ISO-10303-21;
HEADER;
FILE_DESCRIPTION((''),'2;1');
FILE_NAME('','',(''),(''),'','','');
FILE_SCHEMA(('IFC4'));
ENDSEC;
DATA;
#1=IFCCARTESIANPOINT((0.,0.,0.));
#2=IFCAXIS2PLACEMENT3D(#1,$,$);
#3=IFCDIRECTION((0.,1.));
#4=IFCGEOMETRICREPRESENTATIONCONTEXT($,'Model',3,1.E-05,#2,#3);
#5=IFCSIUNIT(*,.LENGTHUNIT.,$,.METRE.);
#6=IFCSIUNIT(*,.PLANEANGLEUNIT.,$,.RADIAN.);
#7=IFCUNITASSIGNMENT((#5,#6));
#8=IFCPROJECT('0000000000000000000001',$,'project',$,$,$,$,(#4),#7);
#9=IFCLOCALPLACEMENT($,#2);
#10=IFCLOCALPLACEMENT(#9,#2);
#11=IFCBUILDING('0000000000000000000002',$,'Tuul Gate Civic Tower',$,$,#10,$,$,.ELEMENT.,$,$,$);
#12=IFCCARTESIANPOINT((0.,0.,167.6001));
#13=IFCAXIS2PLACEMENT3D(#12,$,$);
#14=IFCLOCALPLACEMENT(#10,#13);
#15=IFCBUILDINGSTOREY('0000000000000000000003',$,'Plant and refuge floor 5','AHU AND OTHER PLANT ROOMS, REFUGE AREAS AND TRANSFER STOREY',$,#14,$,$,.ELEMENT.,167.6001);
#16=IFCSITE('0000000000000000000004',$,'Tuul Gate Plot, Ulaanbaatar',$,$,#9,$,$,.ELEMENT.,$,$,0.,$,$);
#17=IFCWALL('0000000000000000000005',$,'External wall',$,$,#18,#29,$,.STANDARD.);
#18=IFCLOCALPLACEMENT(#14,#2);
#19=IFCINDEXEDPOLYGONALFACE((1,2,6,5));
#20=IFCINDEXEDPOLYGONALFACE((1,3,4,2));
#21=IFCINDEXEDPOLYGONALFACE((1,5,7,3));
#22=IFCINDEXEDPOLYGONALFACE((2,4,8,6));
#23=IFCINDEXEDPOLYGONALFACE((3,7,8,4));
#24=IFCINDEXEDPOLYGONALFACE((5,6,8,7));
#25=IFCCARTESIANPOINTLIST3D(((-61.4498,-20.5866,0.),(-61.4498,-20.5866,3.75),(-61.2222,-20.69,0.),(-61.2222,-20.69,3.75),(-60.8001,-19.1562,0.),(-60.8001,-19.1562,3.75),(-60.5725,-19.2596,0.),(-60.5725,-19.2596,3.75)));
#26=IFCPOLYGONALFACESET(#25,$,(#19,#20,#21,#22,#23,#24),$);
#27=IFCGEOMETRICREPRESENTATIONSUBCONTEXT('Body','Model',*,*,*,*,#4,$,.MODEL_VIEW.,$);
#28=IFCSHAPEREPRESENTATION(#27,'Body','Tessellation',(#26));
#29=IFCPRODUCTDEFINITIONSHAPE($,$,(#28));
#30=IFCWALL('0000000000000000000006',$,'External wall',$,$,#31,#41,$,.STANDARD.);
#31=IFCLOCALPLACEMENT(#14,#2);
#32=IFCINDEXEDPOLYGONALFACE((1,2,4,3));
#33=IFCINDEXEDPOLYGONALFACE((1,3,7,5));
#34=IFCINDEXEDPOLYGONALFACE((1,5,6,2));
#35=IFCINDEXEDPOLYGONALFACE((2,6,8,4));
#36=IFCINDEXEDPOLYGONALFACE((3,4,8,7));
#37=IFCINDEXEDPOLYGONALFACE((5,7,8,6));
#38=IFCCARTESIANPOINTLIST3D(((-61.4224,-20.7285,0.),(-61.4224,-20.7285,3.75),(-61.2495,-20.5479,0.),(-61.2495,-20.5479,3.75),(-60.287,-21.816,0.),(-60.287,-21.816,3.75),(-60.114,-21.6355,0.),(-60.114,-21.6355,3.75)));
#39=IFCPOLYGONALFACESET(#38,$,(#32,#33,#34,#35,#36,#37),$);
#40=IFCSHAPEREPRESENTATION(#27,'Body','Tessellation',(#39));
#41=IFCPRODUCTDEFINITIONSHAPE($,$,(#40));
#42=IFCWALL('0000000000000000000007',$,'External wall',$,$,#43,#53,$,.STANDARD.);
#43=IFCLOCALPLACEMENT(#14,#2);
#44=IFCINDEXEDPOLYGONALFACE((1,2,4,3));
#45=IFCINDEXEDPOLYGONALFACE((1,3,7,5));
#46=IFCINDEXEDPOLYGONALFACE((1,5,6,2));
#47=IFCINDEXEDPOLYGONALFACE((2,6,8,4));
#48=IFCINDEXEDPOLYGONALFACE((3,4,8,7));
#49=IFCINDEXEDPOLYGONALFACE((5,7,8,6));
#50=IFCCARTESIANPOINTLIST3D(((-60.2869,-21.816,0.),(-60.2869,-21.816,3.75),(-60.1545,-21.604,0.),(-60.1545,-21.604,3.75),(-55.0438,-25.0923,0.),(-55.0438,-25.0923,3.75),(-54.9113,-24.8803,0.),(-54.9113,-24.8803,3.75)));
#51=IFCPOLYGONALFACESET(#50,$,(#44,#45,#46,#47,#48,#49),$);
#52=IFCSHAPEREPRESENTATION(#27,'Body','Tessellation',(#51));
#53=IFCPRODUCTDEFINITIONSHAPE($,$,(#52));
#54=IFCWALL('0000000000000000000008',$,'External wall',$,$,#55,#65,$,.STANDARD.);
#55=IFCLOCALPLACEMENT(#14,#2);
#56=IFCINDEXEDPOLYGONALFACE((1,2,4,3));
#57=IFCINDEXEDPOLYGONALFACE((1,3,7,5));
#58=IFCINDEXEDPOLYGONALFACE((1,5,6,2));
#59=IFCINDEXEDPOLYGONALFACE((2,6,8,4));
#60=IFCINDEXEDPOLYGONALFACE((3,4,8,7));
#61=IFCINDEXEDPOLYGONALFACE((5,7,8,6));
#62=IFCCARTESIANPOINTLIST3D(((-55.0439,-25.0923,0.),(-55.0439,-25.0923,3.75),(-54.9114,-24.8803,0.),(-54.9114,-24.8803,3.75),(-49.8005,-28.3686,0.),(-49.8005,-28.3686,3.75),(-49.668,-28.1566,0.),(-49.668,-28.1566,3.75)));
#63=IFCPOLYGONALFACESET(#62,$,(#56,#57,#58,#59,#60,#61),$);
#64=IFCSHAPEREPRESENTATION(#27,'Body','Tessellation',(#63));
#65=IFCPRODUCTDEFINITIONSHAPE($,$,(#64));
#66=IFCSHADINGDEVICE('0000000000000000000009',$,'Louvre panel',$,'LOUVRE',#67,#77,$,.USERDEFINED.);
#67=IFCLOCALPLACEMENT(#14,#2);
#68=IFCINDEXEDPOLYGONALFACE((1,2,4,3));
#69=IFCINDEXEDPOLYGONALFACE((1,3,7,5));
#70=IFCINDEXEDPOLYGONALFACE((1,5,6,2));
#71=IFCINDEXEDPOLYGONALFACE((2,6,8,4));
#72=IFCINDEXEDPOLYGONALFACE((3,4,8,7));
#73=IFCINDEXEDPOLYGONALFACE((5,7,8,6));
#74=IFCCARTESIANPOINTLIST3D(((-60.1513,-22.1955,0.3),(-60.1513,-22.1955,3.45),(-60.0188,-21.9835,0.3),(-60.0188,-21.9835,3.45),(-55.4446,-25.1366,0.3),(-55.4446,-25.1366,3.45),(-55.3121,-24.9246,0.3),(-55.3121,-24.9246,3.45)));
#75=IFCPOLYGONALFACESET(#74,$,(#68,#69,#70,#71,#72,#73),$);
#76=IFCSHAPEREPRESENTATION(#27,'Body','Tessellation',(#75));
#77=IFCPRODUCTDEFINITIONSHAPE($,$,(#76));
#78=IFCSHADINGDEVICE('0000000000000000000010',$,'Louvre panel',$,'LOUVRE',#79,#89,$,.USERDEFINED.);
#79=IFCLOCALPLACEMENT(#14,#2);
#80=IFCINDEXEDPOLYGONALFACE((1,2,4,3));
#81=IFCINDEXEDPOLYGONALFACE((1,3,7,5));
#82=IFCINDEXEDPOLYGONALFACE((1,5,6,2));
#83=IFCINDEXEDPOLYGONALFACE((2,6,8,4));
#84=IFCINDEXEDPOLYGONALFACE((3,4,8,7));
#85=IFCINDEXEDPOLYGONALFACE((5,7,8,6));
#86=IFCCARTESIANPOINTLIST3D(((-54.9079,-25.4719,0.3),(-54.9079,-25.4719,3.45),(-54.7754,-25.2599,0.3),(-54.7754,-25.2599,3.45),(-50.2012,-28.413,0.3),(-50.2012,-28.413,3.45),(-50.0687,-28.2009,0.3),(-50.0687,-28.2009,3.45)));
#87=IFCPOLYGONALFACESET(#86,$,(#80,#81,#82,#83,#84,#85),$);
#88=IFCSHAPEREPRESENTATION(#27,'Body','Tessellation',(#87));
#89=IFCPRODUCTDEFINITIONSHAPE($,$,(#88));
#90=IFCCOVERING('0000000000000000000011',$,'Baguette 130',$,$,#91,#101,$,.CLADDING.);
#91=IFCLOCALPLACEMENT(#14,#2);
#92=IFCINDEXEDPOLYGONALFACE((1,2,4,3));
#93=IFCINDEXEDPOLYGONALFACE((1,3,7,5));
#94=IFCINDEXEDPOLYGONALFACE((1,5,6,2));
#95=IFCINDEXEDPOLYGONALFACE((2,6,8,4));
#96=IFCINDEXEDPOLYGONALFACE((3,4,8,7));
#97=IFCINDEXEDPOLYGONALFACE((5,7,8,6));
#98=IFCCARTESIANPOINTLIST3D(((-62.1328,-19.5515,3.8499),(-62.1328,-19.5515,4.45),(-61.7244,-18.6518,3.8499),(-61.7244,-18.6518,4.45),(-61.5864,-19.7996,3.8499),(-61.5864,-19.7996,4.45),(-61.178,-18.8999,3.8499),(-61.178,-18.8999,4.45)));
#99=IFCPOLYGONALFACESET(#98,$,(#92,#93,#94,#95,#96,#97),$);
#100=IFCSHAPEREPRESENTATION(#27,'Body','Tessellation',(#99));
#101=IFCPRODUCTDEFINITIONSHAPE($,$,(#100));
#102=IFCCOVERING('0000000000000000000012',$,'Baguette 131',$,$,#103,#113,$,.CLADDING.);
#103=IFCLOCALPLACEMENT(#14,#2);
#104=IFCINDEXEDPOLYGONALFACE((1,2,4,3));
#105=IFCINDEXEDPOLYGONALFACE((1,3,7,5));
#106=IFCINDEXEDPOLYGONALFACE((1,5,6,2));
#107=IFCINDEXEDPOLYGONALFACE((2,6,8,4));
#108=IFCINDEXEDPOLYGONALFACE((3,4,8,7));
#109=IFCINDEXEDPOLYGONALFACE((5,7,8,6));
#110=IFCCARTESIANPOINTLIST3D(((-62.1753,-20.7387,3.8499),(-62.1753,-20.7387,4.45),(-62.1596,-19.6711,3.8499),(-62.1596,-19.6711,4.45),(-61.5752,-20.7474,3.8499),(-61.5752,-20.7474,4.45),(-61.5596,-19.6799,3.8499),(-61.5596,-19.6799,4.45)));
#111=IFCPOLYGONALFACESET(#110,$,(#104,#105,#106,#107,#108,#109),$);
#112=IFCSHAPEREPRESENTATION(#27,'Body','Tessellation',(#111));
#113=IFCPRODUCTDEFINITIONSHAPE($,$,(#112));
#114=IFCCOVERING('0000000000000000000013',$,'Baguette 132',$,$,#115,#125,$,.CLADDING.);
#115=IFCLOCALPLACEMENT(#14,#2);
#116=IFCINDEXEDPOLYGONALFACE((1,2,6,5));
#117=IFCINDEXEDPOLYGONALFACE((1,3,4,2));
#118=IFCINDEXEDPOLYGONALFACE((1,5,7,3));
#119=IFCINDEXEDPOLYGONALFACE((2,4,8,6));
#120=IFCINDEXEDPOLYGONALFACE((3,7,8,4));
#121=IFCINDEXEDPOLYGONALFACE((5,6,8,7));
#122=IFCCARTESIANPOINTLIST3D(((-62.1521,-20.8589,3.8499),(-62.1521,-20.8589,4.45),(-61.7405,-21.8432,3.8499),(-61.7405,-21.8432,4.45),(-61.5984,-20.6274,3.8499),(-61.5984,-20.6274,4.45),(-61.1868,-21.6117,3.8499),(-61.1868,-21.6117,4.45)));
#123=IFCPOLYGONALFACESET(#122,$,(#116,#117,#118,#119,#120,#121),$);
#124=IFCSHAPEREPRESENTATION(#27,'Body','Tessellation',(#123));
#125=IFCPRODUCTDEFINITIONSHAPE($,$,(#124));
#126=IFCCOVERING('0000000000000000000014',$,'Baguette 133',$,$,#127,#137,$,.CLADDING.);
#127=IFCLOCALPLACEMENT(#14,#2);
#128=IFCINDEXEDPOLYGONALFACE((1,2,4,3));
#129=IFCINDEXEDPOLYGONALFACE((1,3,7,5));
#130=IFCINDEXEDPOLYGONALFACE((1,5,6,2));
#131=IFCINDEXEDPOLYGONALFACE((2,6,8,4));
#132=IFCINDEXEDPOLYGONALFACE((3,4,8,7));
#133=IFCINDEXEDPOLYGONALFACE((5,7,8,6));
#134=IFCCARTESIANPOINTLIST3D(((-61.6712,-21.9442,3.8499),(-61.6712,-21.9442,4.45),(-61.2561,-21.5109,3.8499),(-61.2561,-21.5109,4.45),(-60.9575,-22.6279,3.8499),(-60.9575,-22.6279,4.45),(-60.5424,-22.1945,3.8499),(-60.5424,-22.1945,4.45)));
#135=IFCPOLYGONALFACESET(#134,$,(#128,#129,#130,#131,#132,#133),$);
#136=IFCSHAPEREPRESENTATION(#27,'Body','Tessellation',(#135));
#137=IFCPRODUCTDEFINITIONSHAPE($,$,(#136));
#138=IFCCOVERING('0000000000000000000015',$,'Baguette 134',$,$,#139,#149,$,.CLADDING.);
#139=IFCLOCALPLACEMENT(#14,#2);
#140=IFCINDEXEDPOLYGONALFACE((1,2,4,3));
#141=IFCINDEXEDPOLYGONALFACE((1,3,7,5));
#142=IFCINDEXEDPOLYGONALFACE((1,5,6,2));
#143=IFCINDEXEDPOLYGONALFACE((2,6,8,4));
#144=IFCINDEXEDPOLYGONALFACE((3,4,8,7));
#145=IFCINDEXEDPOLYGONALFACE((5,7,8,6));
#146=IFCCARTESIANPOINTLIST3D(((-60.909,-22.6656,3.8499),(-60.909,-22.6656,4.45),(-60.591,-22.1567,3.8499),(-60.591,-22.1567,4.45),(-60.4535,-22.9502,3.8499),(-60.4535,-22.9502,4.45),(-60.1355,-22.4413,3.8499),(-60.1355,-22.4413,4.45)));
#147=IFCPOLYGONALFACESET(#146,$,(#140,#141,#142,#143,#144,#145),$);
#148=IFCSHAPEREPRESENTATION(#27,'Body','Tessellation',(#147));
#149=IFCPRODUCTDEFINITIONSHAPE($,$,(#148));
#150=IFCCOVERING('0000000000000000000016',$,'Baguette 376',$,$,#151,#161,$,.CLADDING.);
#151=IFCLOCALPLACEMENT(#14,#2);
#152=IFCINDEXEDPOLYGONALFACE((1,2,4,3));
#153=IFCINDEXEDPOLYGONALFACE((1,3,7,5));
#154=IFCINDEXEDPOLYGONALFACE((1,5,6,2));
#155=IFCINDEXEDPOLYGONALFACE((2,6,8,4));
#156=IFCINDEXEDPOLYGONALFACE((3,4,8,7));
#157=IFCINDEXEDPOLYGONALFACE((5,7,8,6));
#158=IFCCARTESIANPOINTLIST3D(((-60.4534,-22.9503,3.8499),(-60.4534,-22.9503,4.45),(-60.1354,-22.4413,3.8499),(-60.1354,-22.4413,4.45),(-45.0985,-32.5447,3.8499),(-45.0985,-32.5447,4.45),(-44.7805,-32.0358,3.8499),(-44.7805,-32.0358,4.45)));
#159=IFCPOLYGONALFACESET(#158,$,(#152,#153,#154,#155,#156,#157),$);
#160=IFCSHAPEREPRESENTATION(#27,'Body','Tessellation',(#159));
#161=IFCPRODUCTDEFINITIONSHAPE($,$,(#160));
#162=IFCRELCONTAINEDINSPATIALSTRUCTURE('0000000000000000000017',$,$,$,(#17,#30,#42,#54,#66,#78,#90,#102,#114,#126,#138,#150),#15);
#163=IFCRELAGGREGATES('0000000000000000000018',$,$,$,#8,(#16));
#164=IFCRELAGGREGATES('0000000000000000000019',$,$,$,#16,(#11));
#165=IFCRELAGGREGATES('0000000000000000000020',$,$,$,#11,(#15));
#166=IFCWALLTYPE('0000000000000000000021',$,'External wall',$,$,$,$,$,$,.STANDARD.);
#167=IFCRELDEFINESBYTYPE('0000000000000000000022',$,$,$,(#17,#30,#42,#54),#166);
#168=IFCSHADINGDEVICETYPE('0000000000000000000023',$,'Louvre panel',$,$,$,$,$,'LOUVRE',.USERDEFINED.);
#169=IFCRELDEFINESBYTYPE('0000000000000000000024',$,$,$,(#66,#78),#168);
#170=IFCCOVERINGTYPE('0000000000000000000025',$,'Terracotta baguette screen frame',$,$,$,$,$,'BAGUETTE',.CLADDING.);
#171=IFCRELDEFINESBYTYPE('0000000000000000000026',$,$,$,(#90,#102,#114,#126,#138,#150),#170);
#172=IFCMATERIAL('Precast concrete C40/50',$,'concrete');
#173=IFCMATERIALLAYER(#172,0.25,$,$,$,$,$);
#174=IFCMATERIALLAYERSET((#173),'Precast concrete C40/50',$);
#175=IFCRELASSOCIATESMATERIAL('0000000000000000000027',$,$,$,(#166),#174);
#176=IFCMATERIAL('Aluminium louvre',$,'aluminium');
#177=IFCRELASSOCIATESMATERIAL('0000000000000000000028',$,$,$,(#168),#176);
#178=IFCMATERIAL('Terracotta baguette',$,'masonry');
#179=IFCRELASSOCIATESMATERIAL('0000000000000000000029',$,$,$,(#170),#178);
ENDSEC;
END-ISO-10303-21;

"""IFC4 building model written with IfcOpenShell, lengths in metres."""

from ifc_helpers import new_model, si_unit, direction, frame, frame_2d, origin, origin_2d, place, context, subcontext, project, spatial, rectangle, extrude, material, layer, layer_set, material_profile, profile_set, type_object, element, save


model = new_model("IFC4")

# Units and contexts
model_context = context("Model", 3, precision=1e-05, world=origin(), true_north=direction((0.0, 1.0)))
body_context = subcontext(model_context, "Body", "Model", "MODEL_VIEW")
ifc_project = project(units=[si_unit("LENGTHUNIT", "METRE"), si_unit("PLANEANGLEUNIT", "RADIAN")], contexts=[model_context])

# Site, building, storey
site_placement = place(None, origin())
site = spatial("IfcSite", under=ifc_project, at=site_placement, Name="Tuul Gate Plot, Ulaanbaatar", CompositionType="ELEMENT", RefElevation=0.0)
building_placement = place(site_placement, origin())
building = spatial("IfcBuilding", under=site, at=building_placement, Name="Tuul Gate Civic Tower", CompositionType="ELEMENT")
storey_placement = place(building_placement, frame((0.0, 0.0, 167.6001)))
storey = spatial("IfcBuildingStorey", under=building, at=storey_placement, Name="Plant and refuge floor 5", Description="AHU AND OTHER PLANT ROOMS, REFUGE AREAS AND TRANSFER STOREY", CompositionType="ELEMENT", Elevation=167.6001)

# Walls
ifc_material_1 = material(Name="Precast concrete C40/50", Category="concrete")
ifc_layer = layer(ifc_material_1, 0.25)
ifc_layer_set = layer_set([ifc_layer], Name="Precast concrete C40/50")
wall_type = type_object("IfcWallType", Name="External wall", PredefinedType="STANDARD", material=ifc_layer_set)
wall_1_placement = place(storey_placement, frame((-60.6863, -19.2078, 0.0), z_axis=(0.0, 0.0, 1.0), x_axis=(-0.413522, -0.910494, 0.0)))
element("IfcWall", 1, at=wall_1_placement, inside=storey, type_object=wall_type, Name="External wall", PredefinedType="STANDARD", context=body_context, shape_type="SweptSolid", body=[
    extrude(rectangle(XDim=1.571, YDim=0.25, at=frame_2d((0.7856, 0.0))), origin(), (0.0, 0.0, 1.0), 3.75),
])
wall_2_placement = place(storey_placement, frame((-61.3359, -20.6382, 0.0), z_axis=(0.0, 0.0, 1.0), x_axis=(0.722159, -0.691727, 0.0)))
element("IfcWall", 2, at=wall_2_placement, inside=storey, type_object=wall_type, Name="External wall", PredefinedType="STANDARD", context=body_context, shape_type="SweptSolid", body=[
    extrude(rectangle(XDim=1.5723, YDim=0.25, at=frame_2d((0.7861, 0.0))), origin(), (0.0, 0.0, 1.0), 3.75),
])
wall_3_placement = place(storey_placement, frame((-60.2207, -21.71, 0.0), z_axis=(0.0, 0.0, 1.0), x_axis=(0.848043, -0.529928, 0.0)))
element("IfcWall", 3, at=wall_3_placement, inside=storey, type_object=wall_type, Name="External wall", PredefinedType="STANDARD", context=body_context, shape_type="SweptSolid", body=[
    extrude(rectangle(XDim=6.1826, YDim=0.25, at=frame_2d((3.0913, 0.0))), origin(), (0.0, 0.0, 1.0), 3.75),
])
wall_4_placement = place(storey_placement, frame((-54.9775, -24.9863, 0.0), z_axis=(0.0, 0.0, 1.0), x_axis=(0.848054, -0.52991, 0.0)))
element("IfcWall", 4, at=wall_4_placement, inside=storey, type_object=wall_type, Name="External wall", PredefinedType="STANDARD", context=body_context, shape_type="SweptSolid", body=[
    extrude(rectangle(XDim=6.1829, YDim=0.25, at=frame_2d((3.0913, 0.0))), origin(), (0.0, 0.0, 1.0), 3.75),
])

# Shading devices
ifc_material_2 = material(Name="Aluminium louvre", Category="aluminium")
shading_device_type = type_object("IfcShadingDeviceType", Name="Louvre panel", ElementType="LOUVRE", PredefinedType="USERDEFINED", material=ifc_material_2)
for number, where, z_axis, x_axis, name in (
    (5, (-57.7317, -23.5601, 0.3), (0.0, 0.0, 1.0), (-0.529912, -0.848053, 0.0), "Louvre panel"),
    (6, (-52.4883, -26.8364, 0.3), (0.0, 0.0, 1.0), (-0.529912, -0.848053, 0.0), "Louvre panel"),
):
    element("IfcShadingDevice", number, at=place(storey_placement, frame(where, z_axis=z_axis, x_axis=x_axis)), inside=storey, type_object=shading_device_type, Name=name, ObjectType="LOUVRE", PredefinedType="USERDEFINED", context=body_context, shape_type="SweptSolid", body=[
        extrude(rectangle(XDim=0.25, YDim=5.55, at=origin_2d()), origin(), (0.0, 0.0, 1.0), 3.1499),
    ])

# Coverings
ifc_material_3 = material(Name="Terracotta baguette", Category="masonry")
ifc_material_profile_1 = material_profile(ifc_material_3, rectangle(XDim=0.6001, YDim=0.6001, at=origin_2d()), Name="Terracotta baguette screen frame")
ifc_profile_set_1 = profile_set([ifc_material_profile_1], Name="Terracotta baguette")
covering_type = type_object("IfcCoveringType", Name="Terracotta baguette screen frame", ElementType="BAGUETTE", PredefinedType="CLADDING", material=ifc_profile_set_1)
covering_1_placement = place(storey_placement, frame((-61.4512, -18.7759, 4.1499), z_axis=(-0.413393, -0.910553, 0.0), x_axis=(0.910553, -0.413393, 0.0)))
element("IfcCovering", 7, at=covering_1_placement, inside=storey, type_object=covering_type, Name="Baguette 130", PredefinedType="CLADDING", context=body_context, shape_type="SweptSolid", body=[
    extrude(rectangle(XDim=0.6001, YDim=0.6001, at=origin_2d()), origin(), (0.0, 0.0, 1.0), 0.988),
])
covering_2_placement = place(storey_placement, frame((-61.8596, -19.6755, 4.1499), z_axis=(-0.014634, -0.999893, 0.0), x_axis=(0.999893, -0.014634, 0.0)))
element("IfcCovering", 8, at=covering_2_placement, inside=storey, type_object=covering_type, Name="Baguette 131", PredefinedType="CLADDING", context=body_context, shape_type="SweptSolid", body=[
    extrude(rectangle(XDim=0.6001, YDim=0.6001, at=origin_2d()), origin(), (0.0, 0.0, 1.0), 1.0676),
])
covering_3_placement = place(storey_placement, frame((-61.8752, -20.7432, 4.1499), z_axis=(0.385785, -0.922589, 0.0), x_axis=(0.922589, 0.385785, 0.0)))
element("IfcCovering", 9, at=covering_3_placement, inside=storey, type_object=covering_type, Name="Baguette 132", PredefinedType="CLADDING", context=body_context, shape_type="SweptSolid", body=[
    extrude(rectangle(XDim=0.6001, YDim=0.6001, at=origin_2d()), origin(), (0.0, 0.0, 1.0), 1.0669),
])
covering_4_placement = place(storey_placement, frame((-61.4636, -21.7275, 4.1499), z_axis=(0.722137, -0.69175, 0.0), x_axis=(0.69175, 0.722137, 0.0)))
element("IfcCovering", 10, at=covering_4_placement, inside=storey, type_object=covering_type, Name="Baguette 133", PredefinedType="CLADDING", context=body_context, shape_type="SweptSolid", body=[
    extrude(rectangle(XDim=0.6001, YDim=0.6001, at=origin_2d()), origin(), (0.0, 0.0, 1.0), 0.9883),
])
covering_5_placement = place(storey_placement, frame((-60.75, -22.4111, 4.1499), z_axis=(0.848049, -0.529917, 0.0), x_axis=(0.529917, 0.848049, 0.0)))
element("IfcCovering", 11, at=covering_5_placement, inside=storey, type_object=covering_type, Name="Baguette 134", PredefinedType="CLADDING", context=body_context, shape_type="SweptSolid", body=[
    extrude(rectangle(XDim=0.6001, YDim=0.6001, at=origin_2d()), origin(), (0.0, 0.0, 1.0), 0.5371),
])
covering_6_placement = place(storey_placement, frame((-60.2944, -22.6958, 4.1499), z_axis=(0.848057, -0.529904, 0.0), x_axis=(0.529904, 0.848057, 0.0)))
element("IfcCovering", 12, at=covering_6_placement, inside=storey, type_object=covering_type, Name="Baguette 376", PredefinedType="CLADDING", context=body_context, shape_type="SweptSolid", body=[
    extrude(rectangle(XDim=0.6001, YDim=0.6001, at=origin_2d()), origin(), (0.0, 0.0, 1.0), 18.106),
])

save(model, "model.ifc")
